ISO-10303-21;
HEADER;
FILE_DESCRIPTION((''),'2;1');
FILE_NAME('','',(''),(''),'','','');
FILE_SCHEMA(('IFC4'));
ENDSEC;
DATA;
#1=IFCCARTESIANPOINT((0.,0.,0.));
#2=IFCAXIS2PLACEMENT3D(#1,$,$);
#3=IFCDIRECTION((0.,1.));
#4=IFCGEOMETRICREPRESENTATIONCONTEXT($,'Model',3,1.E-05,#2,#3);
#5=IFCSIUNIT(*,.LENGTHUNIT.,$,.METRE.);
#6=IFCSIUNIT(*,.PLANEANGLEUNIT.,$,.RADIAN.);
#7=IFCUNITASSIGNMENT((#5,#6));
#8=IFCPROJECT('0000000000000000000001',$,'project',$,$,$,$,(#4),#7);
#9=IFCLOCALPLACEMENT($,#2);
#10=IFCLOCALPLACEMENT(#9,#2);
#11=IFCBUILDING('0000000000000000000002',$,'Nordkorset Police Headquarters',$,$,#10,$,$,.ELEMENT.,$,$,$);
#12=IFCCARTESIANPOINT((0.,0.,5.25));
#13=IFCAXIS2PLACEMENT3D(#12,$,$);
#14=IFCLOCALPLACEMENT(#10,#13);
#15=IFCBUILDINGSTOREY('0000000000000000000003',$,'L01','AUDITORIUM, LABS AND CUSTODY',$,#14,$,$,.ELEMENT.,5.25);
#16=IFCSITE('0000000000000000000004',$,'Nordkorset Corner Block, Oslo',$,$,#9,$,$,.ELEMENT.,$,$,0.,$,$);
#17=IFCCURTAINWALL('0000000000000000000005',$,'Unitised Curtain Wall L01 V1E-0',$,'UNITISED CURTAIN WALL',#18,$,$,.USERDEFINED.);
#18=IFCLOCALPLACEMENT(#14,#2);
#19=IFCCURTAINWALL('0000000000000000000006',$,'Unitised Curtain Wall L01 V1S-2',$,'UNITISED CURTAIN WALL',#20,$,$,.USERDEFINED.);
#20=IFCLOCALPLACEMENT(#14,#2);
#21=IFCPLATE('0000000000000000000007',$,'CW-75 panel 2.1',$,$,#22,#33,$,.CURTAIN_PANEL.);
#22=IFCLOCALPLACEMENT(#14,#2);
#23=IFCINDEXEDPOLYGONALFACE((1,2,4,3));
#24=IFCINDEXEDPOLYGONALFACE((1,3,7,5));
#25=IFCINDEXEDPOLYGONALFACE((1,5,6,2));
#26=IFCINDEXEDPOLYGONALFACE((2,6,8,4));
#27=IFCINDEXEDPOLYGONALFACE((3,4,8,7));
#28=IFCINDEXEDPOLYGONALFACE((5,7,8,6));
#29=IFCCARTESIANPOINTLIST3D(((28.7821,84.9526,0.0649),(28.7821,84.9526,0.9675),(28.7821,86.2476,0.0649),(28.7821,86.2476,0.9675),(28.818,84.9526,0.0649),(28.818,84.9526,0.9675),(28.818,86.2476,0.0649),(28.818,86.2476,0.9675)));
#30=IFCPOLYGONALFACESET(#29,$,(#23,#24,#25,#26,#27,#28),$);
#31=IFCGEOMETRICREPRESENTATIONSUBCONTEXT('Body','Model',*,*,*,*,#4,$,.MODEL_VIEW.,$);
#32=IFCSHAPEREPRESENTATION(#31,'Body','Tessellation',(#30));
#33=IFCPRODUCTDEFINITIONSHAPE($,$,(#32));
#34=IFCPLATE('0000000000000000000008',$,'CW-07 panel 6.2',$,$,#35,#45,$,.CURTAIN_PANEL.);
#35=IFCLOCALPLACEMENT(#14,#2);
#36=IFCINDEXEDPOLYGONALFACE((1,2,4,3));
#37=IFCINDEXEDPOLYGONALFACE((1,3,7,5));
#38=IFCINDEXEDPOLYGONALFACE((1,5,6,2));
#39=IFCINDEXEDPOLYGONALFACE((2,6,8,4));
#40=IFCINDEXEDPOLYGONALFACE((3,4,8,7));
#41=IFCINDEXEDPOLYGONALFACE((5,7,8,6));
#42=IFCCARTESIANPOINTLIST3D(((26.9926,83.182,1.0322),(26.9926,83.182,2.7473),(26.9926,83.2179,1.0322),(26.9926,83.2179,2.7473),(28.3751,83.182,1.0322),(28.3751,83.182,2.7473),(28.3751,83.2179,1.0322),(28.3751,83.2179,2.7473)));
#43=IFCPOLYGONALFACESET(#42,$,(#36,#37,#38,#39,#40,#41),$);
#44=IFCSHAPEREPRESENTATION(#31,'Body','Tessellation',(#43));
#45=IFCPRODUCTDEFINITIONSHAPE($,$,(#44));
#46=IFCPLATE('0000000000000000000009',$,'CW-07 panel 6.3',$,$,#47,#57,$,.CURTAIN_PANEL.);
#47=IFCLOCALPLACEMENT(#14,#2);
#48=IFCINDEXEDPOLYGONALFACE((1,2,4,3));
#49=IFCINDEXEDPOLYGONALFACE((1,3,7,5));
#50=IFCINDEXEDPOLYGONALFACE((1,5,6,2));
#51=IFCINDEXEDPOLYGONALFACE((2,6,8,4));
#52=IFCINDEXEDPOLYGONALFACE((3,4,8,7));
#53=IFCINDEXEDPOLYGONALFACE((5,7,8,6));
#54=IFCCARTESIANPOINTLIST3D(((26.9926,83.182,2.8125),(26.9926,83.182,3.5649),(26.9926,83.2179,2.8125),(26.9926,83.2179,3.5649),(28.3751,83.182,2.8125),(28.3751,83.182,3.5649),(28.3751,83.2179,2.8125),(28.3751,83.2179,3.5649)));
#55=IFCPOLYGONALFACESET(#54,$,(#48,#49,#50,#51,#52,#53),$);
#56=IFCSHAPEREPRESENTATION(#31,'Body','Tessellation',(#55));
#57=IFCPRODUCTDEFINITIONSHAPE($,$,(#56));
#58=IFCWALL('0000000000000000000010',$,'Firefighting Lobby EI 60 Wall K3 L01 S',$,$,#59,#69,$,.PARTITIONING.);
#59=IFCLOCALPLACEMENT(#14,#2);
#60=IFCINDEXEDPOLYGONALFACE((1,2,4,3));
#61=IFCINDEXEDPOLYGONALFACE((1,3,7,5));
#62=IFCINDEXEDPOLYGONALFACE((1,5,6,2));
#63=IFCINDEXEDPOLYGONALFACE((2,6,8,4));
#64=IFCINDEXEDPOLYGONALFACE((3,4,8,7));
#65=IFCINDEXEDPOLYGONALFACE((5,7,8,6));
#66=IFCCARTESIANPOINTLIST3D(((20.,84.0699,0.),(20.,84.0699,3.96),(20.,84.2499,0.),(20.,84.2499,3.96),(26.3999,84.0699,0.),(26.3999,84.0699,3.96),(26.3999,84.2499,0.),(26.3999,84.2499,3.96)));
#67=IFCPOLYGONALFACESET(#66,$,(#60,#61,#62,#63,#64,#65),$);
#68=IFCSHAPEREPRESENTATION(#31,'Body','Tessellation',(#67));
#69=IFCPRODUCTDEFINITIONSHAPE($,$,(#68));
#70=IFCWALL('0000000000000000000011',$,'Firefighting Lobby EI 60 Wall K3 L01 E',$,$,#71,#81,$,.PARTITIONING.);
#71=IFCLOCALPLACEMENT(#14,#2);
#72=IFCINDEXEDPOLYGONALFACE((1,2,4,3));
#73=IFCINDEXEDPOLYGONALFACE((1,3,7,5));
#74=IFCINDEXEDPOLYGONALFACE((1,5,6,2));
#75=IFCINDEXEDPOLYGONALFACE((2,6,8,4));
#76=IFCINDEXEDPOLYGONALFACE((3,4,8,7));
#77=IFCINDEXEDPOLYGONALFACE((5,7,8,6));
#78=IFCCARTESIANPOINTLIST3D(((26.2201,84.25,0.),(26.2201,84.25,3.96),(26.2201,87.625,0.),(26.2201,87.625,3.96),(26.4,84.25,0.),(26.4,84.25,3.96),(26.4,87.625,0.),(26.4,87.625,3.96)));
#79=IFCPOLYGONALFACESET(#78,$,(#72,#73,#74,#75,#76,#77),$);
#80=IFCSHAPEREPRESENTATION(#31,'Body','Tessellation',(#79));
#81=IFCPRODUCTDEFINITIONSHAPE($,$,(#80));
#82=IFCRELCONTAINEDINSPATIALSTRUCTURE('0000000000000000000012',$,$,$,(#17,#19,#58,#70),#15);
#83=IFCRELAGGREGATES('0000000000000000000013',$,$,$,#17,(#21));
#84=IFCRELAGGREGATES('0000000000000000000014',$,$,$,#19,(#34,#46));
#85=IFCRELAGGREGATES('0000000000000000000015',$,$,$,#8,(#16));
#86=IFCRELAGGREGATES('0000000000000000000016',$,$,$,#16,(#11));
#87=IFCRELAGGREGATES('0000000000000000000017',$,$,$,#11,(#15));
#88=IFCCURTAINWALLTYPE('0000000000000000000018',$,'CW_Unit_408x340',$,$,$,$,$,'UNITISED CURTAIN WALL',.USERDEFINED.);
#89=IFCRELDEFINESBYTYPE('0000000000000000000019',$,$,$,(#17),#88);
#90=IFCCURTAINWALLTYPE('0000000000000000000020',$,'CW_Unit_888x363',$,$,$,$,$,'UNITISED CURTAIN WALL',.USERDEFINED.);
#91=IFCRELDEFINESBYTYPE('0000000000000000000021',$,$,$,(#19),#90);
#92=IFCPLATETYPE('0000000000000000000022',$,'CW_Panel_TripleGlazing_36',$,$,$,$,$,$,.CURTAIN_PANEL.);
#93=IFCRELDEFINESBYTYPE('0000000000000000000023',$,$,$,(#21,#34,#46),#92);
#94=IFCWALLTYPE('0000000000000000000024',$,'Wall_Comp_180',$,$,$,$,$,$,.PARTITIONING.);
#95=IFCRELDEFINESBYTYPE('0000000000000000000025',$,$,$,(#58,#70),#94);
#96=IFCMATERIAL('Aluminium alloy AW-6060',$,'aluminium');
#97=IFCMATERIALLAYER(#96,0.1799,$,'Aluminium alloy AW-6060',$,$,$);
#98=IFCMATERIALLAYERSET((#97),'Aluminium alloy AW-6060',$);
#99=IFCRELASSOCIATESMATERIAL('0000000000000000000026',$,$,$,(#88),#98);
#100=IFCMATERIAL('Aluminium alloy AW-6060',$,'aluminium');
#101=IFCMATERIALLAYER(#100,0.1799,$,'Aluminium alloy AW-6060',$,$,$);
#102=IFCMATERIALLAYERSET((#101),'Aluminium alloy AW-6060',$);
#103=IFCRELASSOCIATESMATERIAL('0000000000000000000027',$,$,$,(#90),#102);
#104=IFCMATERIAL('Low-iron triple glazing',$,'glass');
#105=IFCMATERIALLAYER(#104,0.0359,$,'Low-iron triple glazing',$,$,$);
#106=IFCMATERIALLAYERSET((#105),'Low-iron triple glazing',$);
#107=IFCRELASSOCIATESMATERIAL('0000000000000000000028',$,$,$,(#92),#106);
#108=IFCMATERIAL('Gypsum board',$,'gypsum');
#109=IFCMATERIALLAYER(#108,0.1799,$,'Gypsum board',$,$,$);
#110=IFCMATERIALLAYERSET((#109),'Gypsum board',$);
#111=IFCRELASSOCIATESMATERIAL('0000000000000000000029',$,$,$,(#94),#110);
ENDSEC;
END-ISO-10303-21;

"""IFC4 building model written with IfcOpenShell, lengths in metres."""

from ifc_helpers import new_model, si_unit, direction, frame, frame_2d, origin, origin_2d, place, context, subcontext, project, spatial, rectangle, extrude, material, layer, layer_set, type_object, element, aggregate, save


model = new_model("IFC4")

# Units and contexts
model_context = context("Model", 3, precision=1e-05, world=origin(), true_north=direction((0.0, 1.0)))
body_context = subcontext(model_context, "Body", "Model", "MODEL_VIEW")
ifc_project = project(units=[si_unit("LENGTHUNIT", "METRE"), si_unit("PLANEANGLEUNIT", "RADIAN")], contexts=[model_context])

# Site, building, storey
site_placement = place(None, origin())
site = spatial("IfcSite", under=ifc_project, at=site_placement, Name="Nordkorset Corner Block, Oslo", CompositionType="ELEMENT", RefElevation=0.0)
building_placement = place(site_placement, origin())
building = spatial("IfcBuilding", under=site, at=building_placement, Name="Nordkorset Police Headquarters", CompositionType="ELEMENT")
storey_placement = place(building_placement, frame((0.0, 0.0, 5.25)))
storey = spatial("IfcBuildingStorey", under=building, at=storey_placement, Name="L01", Description="AUDITORIUM, LABS AND CUSTODY", CompositionType="ELEMENT", Elevation=5.25)

# Curtain wall
ifc_material_1 = material(Name="Aluminium alloy AW-6060", Category="aluminium")
ifc_layer_1 = layer(ifc_material_1, 0.1799, Name="Aluminium alloy AW-6060")
ifc_layer_set_1 = layer_set([ifc_layer_1], Name="Aluminium alloy AW-6060")
curtain_wall_type_1 = type_object("IfcCurtainWallType", Name="CW_Unit_408x340", ElementType="UNITISED CURTAIN WALL", PredefinedType="USERDEFINED", material=ifc_layer_set_1)
curtain_wall_1_placement = place(storey_placement, origin())
curtain_wall_1 = element("IfcCurtainWall", 1, at=curtain_wall_1_placement, inside=storey, type_object=curtain_wall_type_1, Name="Unitised Curtain Wall L01 V1E-0", ObjectType="UNITISED CURTAIN WALL", PredefinedType="USERDEFINED")

# Curtain wall
ifc_material_2 = material(Name="Aluminium alloy AW-6060", Category="aluminium")
ifc_layer_2 = layer(ifc_material_2, 0.1799, Name="Aluminium alloy AW-6060")
ifc_layer_set_2 = layer_set([ifc_layer_2], Name="Aluminium alloy AW-6060")
curtain_wall_type_2 = type_object("IfcCurtainWallType", Name="CW_Unit_888x363", ElementType="UNITISED CURTAIN WALL", PredefinedType="USERDEFINED", material=ifc_layer_set_2)
curtain_wall_2_placement = place(storey_placement, origin())
curtain_wall_2 = element("IfcCurtainWall", 2, at=curtain_wall_2_placement, inside=storey, type_object=curtain_wall_type_2, Name="Unitised Curtain Wall L01 V1S-2", ObjectType="UNITISED CURTAIN WALL", PredefinedType="USERDEFINED")

# Plates
ifc_material_3 = material(Name="Low-iron triple glazing", Category="glass")
ifc_layer_3 = layer(ifc_material_3, 0.0359, Name="Low-iron triple glazing")
ifc_layer_set_3 = layer_set([ifc_layer_3], Name="Low-iron triple glazing")
plate_type = type_object("IfcPlateType", Name="CW_Panel_TripleGlazing_36", PredefinedType="CURTAIN_PANEL", material=ifc_layer_set_3)
plate_1_placement = place(storey_placement, frame((28.8, 85.6001, 0.0649), z_axis=(0.0, 0.0, 1.0), x_axis=(0.0, 1.0, 0.0)))
plate_1 = element("IfcPlate", 3, at=plate_1_placement, type_object=plate_type, Name="CW-75 panel 2.1", PredefinedType="CURTAIN_PANEL", context=body_context, shape_type="SweptSolid", body=[
    extrude(rectangle(XDim=1.2949, YDim=0.0359, at=origin_2d()), origin(), (0.0, 0.0, 1.0), 0.9026),
])
aggregate(curtain_wall_1, [plate_1])
plate_2_placement = place(storey_placement, frame((27.6838, 83.2, 1.0322), z_axis=(0.0, 0.0, 1.0), x_axis=(1.0, 0.0, 0.0)))
plate_2 = element("IfcPlate", 4, at=plate_2_placement, type_object=plate_type, Name="CW-07 panel 6.2", PredefinedType="CURTAIN_PANEL", context=body_context, shape_type="SweptSolid", body=[
    extrude(rectangle(XDim=1.3826, YDim=0.0359, at=origin_2d()), origin(), (0.0, 0.0, 1.0), 1.7151),
])
plate_3_placement = place(storey_placement, frame((27.6838, 83.2, 2.8125), z_axis=(0.0, 0.0, 1.0), x_axis=(1.0, 0.0, 0.0)))
plate_3 = element("IfcPlate", 5, at=plate_3_placement, type_object=plate_type, Name="CW-07 panel 6.3", PredefinedType="CURTAIN_PANEL", context=body_context, shape_type="SweptSolid", body=[
    extrude(rectangle(XDim=1.3826, YDim=0.0359, at=origin_2d()), origin(), (0.0, 0.0, 1.0), 0.7524),
])
aggregate(curtain_wall_2, [plate_2, plate_3])

# Wall
ifc_material_4 = material(Name="Gypsum board", Category="gypsum")
ifc_layer_4 = layer(ifc_material_4, 0.1799, Name="Gypsum board")
ifc_layer_set_4 = layer_set([ifc_layer_4], Name="Gypsum board")
wall_type = type_object("IfcWallType", Name="Wall_Comp_180", PredefinedType="PARTITIONING", material=ifc_layer_set_4)
wall_1_placement = place(storey_placement, frame((20.0, 84.1599, 0.0), z_axis=(0.0, 0.0, 1.0), x_axis=(1.0, 0.0, 0.0)))
element("IfcWall", 6, at=wall_1_placement, inside=storey, type_object=wall_type, Name="Firefighting Lobby EI 60 Wall K3 L01 S", PredefinedType="PARTITIONING", context=body_context, shape_type="SweptSolid", body=[
    extrude(rectangle(XDim=6.3999, YDim=0.1799, at=frame_2d((3.2, 0.0))), origin(), (0.0, 0.0, 1.0), 3.96),
])

# Wall
wall_2_placement = place(storey_placement, frame((26.3101, 84.25, 0.0), z_axis=(0.0, 0.0, 1.0), x_axis=(0.0, 1.0, 0.0)))
element("IfcWall", 7, at=wall_2_placement, inside=storey, type_object=wall_type, Name="Firefighting Lobby EI 60 Wall K3 L01 E", PredefinedType="PARTITIONING", context=body_context, shape_type="SweptSolid", body=[
    extrude(rectangle(XDim=3.375, YDim=0.1799, at=frame_2d((1.6875, 0.0))), origin(), (0.0, 0.0, 1.0), 3.96),
])

save(model, "model.ifc")
